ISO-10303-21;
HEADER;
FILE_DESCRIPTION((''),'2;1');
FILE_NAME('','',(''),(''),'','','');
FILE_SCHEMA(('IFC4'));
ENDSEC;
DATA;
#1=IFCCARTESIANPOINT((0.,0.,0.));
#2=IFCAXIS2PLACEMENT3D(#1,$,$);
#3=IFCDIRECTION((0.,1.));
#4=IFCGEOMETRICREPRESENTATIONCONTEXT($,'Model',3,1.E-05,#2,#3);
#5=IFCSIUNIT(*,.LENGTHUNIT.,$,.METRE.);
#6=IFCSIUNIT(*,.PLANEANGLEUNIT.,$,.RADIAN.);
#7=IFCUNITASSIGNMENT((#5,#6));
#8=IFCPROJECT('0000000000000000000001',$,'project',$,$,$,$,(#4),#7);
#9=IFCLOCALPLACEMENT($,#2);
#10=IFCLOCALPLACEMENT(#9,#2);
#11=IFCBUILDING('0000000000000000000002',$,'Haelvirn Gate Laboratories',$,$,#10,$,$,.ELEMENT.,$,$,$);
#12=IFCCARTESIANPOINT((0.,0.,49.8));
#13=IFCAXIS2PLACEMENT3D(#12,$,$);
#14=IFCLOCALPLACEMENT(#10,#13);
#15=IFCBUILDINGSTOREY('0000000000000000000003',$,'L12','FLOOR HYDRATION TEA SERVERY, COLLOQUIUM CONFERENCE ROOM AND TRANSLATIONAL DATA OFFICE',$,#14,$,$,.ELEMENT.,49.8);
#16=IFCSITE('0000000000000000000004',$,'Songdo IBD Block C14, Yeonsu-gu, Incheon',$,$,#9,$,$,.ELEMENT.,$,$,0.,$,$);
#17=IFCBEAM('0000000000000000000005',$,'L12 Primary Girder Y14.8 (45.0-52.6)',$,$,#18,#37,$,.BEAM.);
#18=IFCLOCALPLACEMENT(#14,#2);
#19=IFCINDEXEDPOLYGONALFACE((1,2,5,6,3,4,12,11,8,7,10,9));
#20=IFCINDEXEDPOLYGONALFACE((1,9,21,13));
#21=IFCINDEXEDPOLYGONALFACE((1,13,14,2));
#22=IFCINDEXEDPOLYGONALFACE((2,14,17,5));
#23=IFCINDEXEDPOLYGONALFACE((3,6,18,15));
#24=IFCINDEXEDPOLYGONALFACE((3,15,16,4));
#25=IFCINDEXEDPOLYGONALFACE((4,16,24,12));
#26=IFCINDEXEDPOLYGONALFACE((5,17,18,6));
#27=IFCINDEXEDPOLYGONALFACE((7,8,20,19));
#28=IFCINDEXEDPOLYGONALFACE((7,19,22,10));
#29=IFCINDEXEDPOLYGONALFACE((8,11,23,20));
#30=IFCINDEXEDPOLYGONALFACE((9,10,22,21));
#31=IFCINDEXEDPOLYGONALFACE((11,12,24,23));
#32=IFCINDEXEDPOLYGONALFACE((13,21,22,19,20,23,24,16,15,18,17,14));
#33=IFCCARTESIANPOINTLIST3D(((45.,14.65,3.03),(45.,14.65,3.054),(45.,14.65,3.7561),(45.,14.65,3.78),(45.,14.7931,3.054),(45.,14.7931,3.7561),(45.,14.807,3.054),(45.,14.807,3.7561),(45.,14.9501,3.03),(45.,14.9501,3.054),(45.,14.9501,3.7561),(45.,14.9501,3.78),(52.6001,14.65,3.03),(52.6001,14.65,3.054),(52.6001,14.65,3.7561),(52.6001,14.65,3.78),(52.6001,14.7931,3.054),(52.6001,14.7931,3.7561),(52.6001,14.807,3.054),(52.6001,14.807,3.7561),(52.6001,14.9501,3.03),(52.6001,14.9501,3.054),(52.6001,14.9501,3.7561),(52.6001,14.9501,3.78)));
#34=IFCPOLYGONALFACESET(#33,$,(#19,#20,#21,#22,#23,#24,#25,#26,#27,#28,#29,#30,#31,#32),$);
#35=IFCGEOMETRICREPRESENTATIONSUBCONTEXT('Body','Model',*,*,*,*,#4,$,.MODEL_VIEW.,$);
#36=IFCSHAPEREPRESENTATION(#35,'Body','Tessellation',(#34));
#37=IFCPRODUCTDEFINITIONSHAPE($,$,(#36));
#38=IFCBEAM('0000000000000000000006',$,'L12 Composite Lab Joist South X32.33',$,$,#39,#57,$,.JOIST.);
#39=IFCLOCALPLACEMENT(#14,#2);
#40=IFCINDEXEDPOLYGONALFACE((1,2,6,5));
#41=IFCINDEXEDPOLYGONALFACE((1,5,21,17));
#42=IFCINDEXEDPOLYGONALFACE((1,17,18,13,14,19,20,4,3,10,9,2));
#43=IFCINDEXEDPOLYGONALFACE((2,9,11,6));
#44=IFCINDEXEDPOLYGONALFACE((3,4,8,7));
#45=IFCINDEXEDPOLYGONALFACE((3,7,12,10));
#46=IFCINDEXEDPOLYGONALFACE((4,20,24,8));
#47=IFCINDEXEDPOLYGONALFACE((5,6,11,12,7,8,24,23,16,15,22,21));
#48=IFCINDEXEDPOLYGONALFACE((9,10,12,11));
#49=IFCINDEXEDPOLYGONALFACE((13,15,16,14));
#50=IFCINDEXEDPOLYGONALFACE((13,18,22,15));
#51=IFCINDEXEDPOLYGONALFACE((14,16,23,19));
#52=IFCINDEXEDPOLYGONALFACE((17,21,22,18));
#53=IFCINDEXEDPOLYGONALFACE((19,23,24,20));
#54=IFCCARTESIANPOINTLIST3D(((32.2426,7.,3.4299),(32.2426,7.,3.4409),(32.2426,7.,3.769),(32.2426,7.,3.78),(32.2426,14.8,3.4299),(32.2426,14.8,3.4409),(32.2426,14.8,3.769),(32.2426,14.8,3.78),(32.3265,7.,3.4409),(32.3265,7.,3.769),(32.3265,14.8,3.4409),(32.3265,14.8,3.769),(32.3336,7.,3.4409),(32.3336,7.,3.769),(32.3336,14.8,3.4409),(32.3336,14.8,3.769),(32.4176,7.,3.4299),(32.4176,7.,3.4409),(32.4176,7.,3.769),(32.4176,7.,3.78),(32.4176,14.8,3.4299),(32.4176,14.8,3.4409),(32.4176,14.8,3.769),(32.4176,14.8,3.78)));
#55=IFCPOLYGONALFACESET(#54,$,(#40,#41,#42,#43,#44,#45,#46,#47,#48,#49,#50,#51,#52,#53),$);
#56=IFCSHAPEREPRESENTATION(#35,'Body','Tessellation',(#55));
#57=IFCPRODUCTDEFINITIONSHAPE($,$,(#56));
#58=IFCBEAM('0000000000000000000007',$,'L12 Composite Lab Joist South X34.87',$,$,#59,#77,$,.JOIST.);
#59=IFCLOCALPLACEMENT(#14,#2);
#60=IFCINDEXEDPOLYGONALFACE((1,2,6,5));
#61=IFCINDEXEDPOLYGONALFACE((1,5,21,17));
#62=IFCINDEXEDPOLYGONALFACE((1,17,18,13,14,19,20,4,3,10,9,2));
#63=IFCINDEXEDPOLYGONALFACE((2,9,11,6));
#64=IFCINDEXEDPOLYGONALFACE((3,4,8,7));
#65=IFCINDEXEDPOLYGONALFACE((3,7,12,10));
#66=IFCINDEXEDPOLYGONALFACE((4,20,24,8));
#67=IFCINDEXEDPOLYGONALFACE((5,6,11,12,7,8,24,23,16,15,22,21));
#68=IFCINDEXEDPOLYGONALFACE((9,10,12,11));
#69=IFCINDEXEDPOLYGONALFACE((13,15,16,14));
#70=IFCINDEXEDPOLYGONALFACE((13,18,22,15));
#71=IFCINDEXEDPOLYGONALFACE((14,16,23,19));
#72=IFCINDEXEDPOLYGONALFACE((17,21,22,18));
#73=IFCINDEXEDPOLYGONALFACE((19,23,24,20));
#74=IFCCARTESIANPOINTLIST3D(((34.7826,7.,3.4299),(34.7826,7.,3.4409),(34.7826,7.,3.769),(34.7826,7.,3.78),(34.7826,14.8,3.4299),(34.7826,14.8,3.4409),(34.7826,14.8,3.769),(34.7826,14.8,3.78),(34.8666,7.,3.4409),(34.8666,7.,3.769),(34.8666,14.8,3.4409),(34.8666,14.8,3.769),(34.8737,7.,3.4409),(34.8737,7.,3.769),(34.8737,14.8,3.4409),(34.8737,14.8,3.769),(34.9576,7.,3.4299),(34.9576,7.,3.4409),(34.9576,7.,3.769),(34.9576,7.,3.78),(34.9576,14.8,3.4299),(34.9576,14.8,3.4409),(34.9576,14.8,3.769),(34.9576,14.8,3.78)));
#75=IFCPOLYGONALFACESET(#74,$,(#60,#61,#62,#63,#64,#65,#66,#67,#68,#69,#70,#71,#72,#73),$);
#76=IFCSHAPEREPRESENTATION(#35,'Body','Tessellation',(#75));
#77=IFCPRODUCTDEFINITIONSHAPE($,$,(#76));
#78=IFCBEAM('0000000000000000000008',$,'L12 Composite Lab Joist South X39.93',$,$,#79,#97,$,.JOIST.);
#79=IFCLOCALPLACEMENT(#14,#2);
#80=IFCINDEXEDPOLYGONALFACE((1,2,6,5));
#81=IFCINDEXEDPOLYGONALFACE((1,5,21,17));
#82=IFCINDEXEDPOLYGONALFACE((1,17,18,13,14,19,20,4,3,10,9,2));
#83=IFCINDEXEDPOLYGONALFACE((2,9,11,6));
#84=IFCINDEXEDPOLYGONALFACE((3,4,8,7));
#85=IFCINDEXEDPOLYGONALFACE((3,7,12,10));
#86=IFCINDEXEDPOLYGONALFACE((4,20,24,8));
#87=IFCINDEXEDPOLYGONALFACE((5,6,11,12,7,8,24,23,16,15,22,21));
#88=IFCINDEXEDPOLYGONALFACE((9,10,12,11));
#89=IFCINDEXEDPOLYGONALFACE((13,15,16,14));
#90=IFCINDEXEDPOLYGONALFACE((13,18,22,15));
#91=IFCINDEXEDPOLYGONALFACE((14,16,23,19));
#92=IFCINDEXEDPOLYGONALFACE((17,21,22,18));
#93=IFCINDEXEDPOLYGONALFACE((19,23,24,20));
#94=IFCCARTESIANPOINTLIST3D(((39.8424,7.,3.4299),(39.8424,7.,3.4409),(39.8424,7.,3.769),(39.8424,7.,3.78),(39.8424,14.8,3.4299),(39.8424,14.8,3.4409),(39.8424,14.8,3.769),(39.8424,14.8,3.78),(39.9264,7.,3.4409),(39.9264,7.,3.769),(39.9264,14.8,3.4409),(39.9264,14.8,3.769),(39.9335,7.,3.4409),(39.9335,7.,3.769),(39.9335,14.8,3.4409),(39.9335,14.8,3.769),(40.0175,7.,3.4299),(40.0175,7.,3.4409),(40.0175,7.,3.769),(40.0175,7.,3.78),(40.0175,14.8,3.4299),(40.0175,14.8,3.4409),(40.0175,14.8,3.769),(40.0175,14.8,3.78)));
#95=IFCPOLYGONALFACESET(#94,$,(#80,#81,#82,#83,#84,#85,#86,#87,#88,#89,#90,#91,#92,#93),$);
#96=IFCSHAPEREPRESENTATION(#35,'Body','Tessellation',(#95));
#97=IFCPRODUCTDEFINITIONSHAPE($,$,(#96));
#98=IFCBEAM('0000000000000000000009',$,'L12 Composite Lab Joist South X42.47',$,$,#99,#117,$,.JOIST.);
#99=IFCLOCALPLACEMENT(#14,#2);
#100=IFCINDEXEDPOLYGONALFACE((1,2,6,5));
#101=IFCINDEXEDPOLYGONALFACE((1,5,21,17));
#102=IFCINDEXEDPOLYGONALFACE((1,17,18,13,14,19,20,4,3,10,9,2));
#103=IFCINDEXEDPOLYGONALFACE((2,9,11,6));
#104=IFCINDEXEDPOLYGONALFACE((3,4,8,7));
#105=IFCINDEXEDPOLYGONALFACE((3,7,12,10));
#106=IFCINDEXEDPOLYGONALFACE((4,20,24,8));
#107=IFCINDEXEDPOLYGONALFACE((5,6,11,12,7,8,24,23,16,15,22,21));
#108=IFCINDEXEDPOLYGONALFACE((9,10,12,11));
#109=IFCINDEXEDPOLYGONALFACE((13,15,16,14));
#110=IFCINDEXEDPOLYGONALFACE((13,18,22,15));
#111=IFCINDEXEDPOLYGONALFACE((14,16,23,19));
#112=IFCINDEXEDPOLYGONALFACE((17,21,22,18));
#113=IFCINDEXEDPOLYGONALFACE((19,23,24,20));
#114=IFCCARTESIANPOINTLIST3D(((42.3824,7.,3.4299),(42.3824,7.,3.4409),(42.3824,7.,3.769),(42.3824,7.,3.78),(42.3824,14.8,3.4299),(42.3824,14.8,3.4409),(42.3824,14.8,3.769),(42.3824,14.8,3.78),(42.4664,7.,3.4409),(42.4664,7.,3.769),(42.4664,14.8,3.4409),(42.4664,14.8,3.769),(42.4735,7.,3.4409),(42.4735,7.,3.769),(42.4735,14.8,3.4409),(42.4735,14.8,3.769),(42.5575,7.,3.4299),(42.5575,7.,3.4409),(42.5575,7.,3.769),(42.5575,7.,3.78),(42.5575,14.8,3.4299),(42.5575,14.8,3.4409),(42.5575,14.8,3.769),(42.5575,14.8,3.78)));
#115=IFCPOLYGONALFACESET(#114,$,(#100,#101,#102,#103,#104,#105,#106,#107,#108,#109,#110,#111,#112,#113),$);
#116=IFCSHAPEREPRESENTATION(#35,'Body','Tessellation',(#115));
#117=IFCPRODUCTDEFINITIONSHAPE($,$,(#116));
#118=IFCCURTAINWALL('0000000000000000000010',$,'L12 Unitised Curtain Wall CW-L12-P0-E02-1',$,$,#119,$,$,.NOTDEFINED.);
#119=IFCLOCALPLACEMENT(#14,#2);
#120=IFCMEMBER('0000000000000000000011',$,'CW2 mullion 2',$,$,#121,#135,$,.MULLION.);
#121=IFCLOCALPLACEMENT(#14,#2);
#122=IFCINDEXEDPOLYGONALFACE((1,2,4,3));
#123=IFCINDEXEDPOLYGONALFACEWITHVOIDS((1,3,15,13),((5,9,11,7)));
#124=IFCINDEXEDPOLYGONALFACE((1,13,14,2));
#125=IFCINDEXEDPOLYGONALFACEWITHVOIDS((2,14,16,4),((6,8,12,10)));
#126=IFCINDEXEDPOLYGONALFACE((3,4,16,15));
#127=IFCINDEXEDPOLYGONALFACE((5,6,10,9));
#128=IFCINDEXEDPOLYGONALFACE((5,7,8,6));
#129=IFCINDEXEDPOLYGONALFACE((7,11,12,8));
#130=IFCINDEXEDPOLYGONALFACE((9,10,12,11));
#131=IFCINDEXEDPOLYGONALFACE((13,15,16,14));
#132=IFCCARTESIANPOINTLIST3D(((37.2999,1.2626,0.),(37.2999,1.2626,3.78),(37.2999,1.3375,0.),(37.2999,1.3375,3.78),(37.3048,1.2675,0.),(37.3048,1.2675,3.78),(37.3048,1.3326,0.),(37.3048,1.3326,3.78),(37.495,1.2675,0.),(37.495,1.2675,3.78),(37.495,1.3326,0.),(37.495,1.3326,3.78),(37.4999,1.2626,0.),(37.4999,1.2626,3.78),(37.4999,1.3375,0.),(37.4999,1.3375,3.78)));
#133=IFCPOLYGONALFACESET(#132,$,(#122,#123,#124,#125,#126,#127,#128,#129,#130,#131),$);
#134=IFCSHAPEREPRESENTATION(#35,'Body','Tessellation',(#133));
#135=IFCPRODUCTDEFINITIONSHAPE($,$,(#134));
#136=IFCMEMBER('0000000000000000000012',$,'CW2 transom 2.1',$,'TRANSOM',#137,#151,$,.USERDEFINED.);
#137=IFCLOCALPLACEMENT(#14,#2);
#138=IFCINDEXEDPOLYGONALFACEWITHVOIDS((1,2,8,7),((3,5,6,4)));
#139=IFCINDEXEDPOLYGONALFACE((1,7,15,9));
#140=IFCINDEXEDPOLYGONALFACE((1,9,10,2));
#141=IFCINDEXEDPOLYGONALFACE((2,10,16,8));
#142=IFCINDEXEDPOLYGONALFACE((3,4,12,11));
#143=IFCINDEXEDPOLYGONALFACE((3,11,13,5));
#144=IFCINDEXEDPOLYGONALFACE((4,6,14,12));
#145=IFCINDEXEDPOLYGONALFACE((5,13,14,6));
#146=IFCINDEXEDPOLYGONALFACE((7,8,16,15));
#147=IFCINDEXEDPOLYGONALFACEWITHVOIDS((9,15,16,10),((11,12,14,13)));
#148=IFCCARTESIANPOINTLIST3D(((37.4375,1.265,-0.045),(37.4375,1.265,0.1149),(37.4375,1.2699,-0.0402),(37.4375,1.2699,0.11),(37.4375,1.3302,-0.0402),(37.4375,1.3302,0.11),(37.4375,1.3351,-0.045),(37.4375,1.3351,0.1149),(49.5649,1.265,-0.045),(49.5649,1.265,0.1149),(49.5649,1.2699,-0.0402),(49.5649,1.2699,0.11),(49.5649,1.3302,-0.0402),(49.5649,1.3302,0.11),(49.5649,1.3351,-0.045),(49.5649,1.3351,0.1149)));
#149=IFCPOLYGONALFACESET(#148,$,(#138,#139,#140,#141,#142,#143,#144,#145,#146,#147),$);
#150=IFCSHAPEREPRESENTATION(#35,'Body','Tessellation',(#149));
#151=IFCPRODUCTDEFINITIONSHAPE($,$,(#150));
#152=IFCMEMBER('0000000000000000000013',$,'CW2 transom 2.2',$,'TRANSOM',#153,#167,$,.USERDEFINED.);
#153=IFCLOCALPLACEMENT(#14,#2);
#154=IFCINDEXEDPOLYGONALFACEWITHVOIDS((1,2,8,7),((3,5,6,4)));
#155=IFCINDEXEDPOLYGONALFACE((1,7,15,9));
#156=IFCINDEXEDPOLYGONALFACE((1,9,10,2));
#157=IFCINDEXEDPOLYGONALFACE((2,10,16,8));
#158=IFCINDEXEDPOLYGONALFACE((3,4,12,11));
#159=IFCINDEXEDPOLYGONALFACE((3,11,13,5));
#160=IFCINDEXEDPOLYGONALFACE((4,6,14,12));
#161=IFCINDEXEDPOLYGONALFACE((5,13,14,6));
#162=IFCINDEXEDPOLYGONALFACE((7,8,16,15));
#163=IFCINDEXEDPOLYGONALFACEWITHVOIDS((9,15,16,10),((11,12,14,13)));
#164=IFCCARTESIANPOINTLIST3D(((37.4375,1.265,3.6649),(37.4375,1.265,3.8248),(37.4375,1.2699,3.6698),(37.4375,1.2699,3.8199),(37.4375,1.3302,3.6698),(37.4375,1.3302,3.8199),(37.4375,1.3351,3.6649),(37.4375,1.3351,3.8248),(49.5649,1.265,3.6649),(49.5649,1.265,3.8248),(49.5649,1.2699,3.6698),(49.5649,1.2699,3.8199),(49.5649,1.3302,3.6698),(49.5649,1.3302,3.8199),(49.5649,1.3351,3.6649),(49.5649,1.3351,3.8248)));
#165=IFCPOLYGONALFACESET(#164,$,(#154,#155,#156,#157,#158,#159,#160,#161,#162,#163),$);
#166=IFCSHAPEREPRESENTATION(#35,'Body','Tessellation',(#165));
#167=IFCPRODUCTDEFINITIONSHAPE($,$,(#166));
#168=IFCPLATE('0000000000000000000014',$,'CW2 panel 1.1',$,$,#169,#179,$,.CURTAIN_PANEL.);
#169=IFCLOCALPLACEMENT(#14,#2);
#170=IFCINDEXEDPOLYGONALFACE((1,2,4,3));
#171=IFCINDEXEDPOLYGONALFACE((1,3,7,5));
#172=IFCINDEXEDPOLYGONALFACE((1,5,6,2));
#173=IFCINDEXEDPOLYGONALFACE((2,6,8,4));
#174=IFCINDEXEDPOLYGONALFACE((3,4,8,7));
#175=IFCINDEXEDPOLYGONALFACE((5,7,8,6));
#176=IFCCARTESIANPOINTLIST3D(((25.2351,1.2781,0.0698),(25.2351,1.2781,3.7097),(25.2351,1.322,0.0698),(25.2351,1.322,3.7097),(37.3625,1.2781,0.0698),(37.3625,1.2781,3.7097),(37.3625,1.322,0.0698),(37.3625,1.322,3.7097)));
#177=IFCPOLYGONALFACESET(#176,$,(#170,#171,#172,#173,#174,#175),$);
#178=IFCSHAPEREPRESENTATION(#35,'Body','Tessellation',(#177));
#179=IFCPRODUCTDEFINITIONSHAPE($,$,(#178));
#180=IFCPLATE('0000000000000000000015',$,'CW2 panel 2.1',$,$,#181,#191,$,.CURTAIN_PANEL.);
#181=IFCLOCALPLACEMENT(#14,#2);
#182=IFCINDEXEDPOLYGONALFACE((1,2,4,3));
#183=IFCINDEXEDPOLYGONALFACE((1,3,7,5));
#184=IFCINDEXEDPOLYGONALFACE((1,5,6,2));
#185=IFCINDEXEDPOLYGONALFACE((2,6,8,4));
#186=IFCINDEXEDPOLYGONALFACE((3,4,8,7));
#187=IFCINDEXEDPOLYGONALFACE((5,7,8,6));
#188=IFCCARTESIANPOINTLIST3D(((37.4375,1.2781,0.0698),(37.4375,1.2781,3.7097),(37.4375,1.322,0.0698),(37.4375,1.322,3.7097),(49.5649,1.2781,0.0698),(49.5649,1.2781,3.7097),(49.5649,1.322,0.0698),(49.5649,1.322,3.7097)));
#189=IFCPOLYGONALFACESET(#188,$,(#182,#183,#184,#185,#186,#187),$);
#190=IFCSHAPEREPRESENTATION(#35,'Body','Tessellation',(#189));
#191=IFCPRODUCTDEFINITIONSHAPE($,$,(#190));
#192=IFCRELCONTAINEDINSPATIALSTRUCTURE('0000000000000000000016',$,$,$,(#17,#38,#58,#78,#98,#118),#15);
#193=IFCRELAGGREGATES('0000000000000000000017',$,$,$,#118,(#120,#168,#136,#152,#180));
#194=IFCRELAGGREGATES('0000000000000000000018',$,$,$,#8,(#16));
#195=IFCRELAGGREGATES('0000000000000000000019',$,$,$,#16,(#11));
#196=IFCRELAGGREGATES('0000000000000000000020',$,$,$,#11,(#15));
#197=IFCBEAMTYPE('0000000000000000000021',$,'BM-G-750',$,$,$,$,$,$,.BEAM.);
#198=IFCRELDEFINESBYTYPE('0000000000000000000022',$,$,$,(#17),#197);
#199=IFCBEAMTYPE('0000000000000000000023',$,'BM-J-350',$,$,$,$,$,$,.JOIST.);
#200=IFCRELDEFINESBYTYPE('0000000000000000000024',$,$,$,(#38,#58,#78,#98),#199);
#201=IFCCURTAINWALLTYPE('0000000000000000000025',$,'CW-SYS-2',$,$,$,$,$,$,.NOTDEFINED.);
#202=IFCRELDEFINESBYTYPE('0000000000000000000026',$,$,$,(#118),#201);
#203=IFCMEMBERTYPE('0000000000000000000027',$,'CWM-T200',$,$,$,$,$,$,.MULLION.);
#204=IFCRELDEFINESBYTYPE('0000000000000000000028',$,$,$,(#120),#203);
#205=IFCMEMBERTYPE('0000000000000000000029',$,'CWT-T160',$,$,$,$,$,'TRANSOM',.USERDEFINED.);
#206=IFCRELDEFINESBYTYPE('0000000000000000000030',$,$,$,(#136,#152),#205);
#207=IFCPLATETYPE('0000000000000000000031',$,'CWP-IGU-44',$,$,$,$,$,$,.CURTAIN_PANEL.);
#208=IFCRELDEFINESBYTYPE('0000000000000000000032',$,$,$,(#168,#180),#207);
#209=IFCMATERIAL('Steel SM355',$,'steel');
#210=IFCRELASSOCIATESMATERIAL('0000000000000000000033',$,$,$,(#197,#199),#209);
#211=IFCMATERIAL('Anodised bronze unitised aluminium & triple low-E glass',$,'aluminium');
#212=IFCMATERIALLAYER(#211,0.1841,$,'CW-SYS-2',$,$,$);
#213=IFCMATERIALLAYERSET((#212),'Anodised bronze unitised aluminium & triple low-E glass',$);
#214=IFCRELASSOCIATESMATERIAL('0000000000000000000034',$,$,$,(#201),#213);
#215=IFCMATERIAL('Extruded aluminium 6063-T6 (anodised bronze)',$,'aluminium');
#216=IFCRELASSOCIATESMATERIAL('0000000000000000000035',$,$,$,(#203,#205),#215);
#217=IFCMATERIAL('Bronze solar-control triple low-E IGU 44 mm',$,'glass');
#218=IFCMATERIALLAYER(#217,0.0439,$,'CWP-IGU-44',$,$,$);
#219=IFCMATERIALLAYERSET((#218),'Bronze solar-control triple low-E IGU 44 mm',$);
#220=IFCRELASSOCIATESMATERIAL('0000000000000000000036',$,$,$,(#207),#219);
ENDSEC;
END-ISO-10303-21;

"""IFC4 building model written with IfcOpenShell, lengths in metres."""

from ifc_helpers import new_model, si_unit, direction, frame, origin, origin_2d, place, context, subcontext, project, spatial, rectangle, hollow_rectangle, i_section, extrude, source, transform, mapped, material, layer, layer_set, material_profile, profile_set, type_object, type_shapes, element, aggregate, save


model = new_model("IFC4")

# Units and contexts
model_context = context("Model", 3, precision=1e-05, world=origin(), true_north=direction((0.0, 1.0)))
body_context = subcontext(model_context, "Body", "Model", "MODEL_VIEW")
ifc_project = project(units=[si_unit("LENGTHUNIT", "METRE"), si_unit("PLANEANGLEUNIT", "RADIAN")], contexts=[model_context])

# Site, building, storey
site_placement = place(None, origin())
site = spatial("IfcSite", under=ifc_project, at=site_placement, Name="Songdo IBD Block C14, Yeonsu-gu, Incheon", CompositionType="ELEMENT", RefElevation=0.0)
building_placement = place(site_placement, origin())
building = spatial("IfcBuilding", under=site, at=building_placement, Name="Haelvirn Gate Laboratories", CompositionType="ELEMENT")
storey_placement = place(building_placement, frame((0.0, 0.0, 49.8)))
storey = spatial("IfcBuildingStorey", under=building, at=storey_placement, Name="L12", Description="FLOOR HYDRATION TEA SERVERY, COLLOQUIUM CONFERENCE ROOM AND TRANSLATIONAL DATA OFFICE", CompositionType="ELEMENT", Elevation=49.8)

# Beams
ifc_material_1 = material(Name="Steel SM355", Category="steel")
ifc_material_profile_1 = material_profile(ifc_material_1, i_section(OverallWidth=0.3, OverallDepth=0.75, WebThickness=0.0139, FlangeThickness=0.0239, at=origin_2d()), Name="H-750x300x14x24")
ifc_profile_set_1 = profile_set([ifc_material_profile_1], Name="Steel SM355")
beam_type_1 = type_object("IfcBeamType", Name="BM-G-750", PredefinedType="BEAM", material=ifc_profile_set_1)
shared_shape_1 = source(origin(), body_context, "Body", "SweptSolid", [
    extrude(i_section(OverallWidth=0.3, OverallDepth=0.75, WebThickness=0.0139, FlangeThickness=0.0239, at=origin_2d()), origin(), (0.0, 0.0, 1.0), 7.6001),
])
type_shapes(beam_type_1, [shared_shape_1])
for number, where, z_axis, x_axis, name in (
    (1, (45.0, 14.8, 3.405), (1.0, 0.0, 0.0), (0.0, 1.0, 0.0), "L12 Primary Girder Y14.8 (45.0-52.6)"),
):
    element("IfcBeam", number, at=place(storey_placement, frame(where, z_axis=z_axis, x_axis=x_axis)), inside=storey, type_object=beam_type_1, Name=name, PredefinedType="BEAM", context=body_context, shape_type="MappedRepresentation", body=[
        mapped(shared_shape_1, transform((0.0, 0.0, 0.0), scale=1.0)),
    ])
ifc_material_profile_2 = material_profile(ifc_material_1, i_section(OverallWidth=0.175, OverallDepth=0.3501, WebThickness=0.0071, FlangeThickness=0.011, at=origin_2d()), Name="H-350x175x7x11")
ifc_profile_set_2 = profile_set([ifc_material_profile_2], Name="Steel SM355")
beam_type_2 = type_object("IfcBeamType", Name="BM-J-350", PredefinedType="JOIST", material=ifc_profile_set_2)
shared_shape_2 = source(origin(), body_context, "Body", "SweptSolid", [
    extrude(i_section(OverallWidth=0.175, OverallDepth=0.3501, WebThickness=0.0071, FlangeThickness=0.011, at=origin_2d()), origin(), (0.0, 0.0, 1.0), 7.8),
])
type_shapes(beam_type_2, [shared_shape_2])
for number, where, z_axis, x_axis, name in (
    (2, (32.3301, 7.0, 3.605), (0.0, 1.0, 0.0), (-1.0, 0.0, 0.0), "L12 Composite Lab Joist South X32.33"),
    (3, (34.8701, 7.0, 3.605), (0.0, 1.0, 0.0), (-1.0, 0.0, 0.0), "L12 Composite Lab Joist South X34.87"),
    (4, (39.9299, 7.0, 3.605), (0.0, 1.0, 0.0), (-1.0, 0.0, 0.0), "L12 Composite Lab Joist South X39.93"),
    (5, (42.47, 7.0, 3.605), (0.0, 1.0, 0.0), (-1.0, 0.0, 0.0), "L12 Composite Lab Joist South X42.47"),
):
    element("IfcBeam", number, at=place(storey_placement, frame(where, z_axis=z_axis, x_axis=x_axis)), inside=storey, type_object=beam_type_2, Name=name, PredefinedType="JOIST", context=body_context, shape_type="MappedRepresentation", body=[
        mapped(shared_shape_2, transform((0.0, 0.0, 0.0), scale=1.0)),
    ])

# Curtain wall, members, plates
ifc_material_2 = material(Name="Anodised bronze unitised aluminium & triple low-E glass", Category="aluminium")
ifc_layer_1 = layer(ifc_material_2, 0.1841, Name="CW-SYS-2")
ifc_layer_set_1 = layer_set([ifc_layer_1], Name="Anodised bronze unitised aluminium & triple low-E glass")
curtain_wall_type = type_object("IfcCurtainWallType", Name="CW-SYS-2", PredefinedType="NOTDEFINED", material=ifc_layer_set_1)
curtain_wall_placement = place(storey_placement, origin())
curtain_wall = element("IfcCurtainWall", 6, at=curtain_wall_placement, inside=storey, type_object=curtain_wall_type, Name="L12 Unitised Curtain Wall CW-L12-P0-E02-1", PredefinedType="NOTDEFINED")
ifc_material_3 = material(Name="Extruded aluminium 6063-T6 (anodised bronze)", Category="aluminium")
ifc_material_profile_3 = material_profile(ifc_material_3, hollow_rectangle(XDim=0.075, YDim=0.2, WallThickness=0.0049, at=origin_2d()), Name="CWM-200x75x5")
ifc_profile_set_3 = profile_set([ifc_material_profile_3], Name="Extruded aluminium 6063-T6 (anodised bronze)")
member_type_1 = type_object("IfcMemberType", Name="CWM-T200", PredefinedType="MULLION", material=ifc_profile_set_3)
shared_shape_3 = source(origin(), body_context, "Body", "SweptSolid", [
    extrude(hollow_rectangle(XDim=0.075, YDim=0.2, WallThickness=0.0049, at=origin_2d()), origin(), (0.0, 0.0, 1.0), 3.78),
])
type_shapes(member_type_1, [shared_shape_3])
member_1_placement = place(storey_placement, frame((37.3999, 1.3, 0.0), z_axis=(0.0, 0.0, 1.0), x_axis=(0.0, 1.0, 0.0)))
member_1 = element("IfcMember", 7, at=member_1_placement, type_object=member_type_1, Name="CW2 mullion 2", PredefinedType="MULLION", context=body_context, shape_type="MappedRepresentation", body=[
    mapped(shared_shape_3, transform((0.0, 0.0, 0.0), scale=1.0)),
])
ifc_material_profile_4 = material_profile(ifc_material_3, hollow_rectangle(XDim=0.0701, YDim=0.1599, WallThickness=0.0049, at=origin_2d()), Name="CWT-160x70x5")
ifc_profile_set_4 = profile_set([ifc_material_profile_4], Name="Extruded aluminium 6063-T6 (anodised bronze)")
member_type_2 = type_object("IfcMemberType", Name="CWT-T160", ElementType="TRANSOM", PredefinedType="USERDEFINED", material=ifc_profile_set_4)
shared_shape_4 = source(origin(), body_context, "Body", "SweptSolid", [
    extrude(hollow_rectangle(XDim=0.0701, YDim=0.1599, WallThickness=0.0049, at=origin_2d()), origin(), (0.0, 0.0, 1.0), 12.1274),
])
type_shapes(member_type_2, [shared_shape_4])
member_2_placement = place(storey_placement, frame((37.4375, 1.3, 0.0349), z_axis=(1.0, 0.0, 0.0), x_axis=(0.0, 1.0, 0.0)))
member_2 = element("IfcMember", 8, at=member_2_placement, type_object=member_type_2, Name="CW2 transom 2.1", ObjectType="TRANSOM", PredefinedType="USERDEFINED", context=body_context, shape_type="MappedRepresentation", body=[
    mapped(shared_shape_4, transform((0.0, 0.0, 0.0), scale=1.0)),
])
member_3_placement = place(storey_placement, frame((37.4375, 1.3, 3.7449), z_axis=(1.0, 0.0, 0.0), x_axis=(0.0, 1.0, 0.0)))
member_3 = element("IfcMember", 9, at=member_3_placement, type_object=member_type_2, Name="CW2 transom 2.2", ObjectType="TRANSOM", PredefinedType="USERDEFINED", context=body_context, shape_type="MappedRepresentation", body=[
    mapped(shared_shape_4, transform((0.0, 0.0, 0.0), scale=1.0)),
])
ifc_material_4 = material(Name="Bronze solar-control triple low-E IGU 44 mm", Category="glass")
ifc_layer_2 = layer(ifc_material_4, 0.0439, Name="CWP-IGU-44")
ifc_layer_set_2 = layer_set([ifc_layer_2], Name="Bronze solar-control triple low-E IGU 44 mm")
plate_type = type_object("IfcPlateType", Name="CWP-IGU-44", PredefinedType="CURTAIN_PANEL", material=ifc_layer_set_2)
shared_shape_5 = source(origin(), body_context, "Body", "SweptSolid", [
    extrude(rectangle(XDim=12.1274, YDim=0.0439, at=origin_2d()), origin(), (0.0, 0.0, 1.0), 3.6399),
])
type_shapes(plate_type, [shared_shape_5])
plate_1_placement = place(storey_placement, frame((31.2988, 1.3, 0.0698), z_axis=(0.0, 0.0, 1.0), x_axis=(1.0, 0.0, 0.0)))
plate_1 = element("IfcPlate", 10, at=plate_1_placement, type_object=plate_type, Name="CW2 panel 1.1", PredefinedType="CURTAIN_PANEL", context=body_context, shape_type="MappedRepresentation", body=[
    mapped(shared_shape_5, transform((0.0, 0.0, 0.0), scale=1.0)),
])
plate_2_placement = place(storey_placement, frame((43.5012, 1.3, 0.0698), z_axis=(0.0, 0.0, 1.0), x_axis=(1.0, 0.0, 0.0)))
plate_2 = element("IfcPlate", 11, at=plate_2_placement, type_object=plate_type, Name="CW2 panel 2.1", PredefinedType="CURTAIN_PANEL", context=body_context, shape_type="MappedRepresentation", body=[
    mapped(shared_shape_5, transform((0.0, 0.0, 0.0), scale=1.0)),
])
aggregate(curtain_wall, [member_1, plate_1, member_2, member_3, plate_2])

save(model, "model.ifc")
